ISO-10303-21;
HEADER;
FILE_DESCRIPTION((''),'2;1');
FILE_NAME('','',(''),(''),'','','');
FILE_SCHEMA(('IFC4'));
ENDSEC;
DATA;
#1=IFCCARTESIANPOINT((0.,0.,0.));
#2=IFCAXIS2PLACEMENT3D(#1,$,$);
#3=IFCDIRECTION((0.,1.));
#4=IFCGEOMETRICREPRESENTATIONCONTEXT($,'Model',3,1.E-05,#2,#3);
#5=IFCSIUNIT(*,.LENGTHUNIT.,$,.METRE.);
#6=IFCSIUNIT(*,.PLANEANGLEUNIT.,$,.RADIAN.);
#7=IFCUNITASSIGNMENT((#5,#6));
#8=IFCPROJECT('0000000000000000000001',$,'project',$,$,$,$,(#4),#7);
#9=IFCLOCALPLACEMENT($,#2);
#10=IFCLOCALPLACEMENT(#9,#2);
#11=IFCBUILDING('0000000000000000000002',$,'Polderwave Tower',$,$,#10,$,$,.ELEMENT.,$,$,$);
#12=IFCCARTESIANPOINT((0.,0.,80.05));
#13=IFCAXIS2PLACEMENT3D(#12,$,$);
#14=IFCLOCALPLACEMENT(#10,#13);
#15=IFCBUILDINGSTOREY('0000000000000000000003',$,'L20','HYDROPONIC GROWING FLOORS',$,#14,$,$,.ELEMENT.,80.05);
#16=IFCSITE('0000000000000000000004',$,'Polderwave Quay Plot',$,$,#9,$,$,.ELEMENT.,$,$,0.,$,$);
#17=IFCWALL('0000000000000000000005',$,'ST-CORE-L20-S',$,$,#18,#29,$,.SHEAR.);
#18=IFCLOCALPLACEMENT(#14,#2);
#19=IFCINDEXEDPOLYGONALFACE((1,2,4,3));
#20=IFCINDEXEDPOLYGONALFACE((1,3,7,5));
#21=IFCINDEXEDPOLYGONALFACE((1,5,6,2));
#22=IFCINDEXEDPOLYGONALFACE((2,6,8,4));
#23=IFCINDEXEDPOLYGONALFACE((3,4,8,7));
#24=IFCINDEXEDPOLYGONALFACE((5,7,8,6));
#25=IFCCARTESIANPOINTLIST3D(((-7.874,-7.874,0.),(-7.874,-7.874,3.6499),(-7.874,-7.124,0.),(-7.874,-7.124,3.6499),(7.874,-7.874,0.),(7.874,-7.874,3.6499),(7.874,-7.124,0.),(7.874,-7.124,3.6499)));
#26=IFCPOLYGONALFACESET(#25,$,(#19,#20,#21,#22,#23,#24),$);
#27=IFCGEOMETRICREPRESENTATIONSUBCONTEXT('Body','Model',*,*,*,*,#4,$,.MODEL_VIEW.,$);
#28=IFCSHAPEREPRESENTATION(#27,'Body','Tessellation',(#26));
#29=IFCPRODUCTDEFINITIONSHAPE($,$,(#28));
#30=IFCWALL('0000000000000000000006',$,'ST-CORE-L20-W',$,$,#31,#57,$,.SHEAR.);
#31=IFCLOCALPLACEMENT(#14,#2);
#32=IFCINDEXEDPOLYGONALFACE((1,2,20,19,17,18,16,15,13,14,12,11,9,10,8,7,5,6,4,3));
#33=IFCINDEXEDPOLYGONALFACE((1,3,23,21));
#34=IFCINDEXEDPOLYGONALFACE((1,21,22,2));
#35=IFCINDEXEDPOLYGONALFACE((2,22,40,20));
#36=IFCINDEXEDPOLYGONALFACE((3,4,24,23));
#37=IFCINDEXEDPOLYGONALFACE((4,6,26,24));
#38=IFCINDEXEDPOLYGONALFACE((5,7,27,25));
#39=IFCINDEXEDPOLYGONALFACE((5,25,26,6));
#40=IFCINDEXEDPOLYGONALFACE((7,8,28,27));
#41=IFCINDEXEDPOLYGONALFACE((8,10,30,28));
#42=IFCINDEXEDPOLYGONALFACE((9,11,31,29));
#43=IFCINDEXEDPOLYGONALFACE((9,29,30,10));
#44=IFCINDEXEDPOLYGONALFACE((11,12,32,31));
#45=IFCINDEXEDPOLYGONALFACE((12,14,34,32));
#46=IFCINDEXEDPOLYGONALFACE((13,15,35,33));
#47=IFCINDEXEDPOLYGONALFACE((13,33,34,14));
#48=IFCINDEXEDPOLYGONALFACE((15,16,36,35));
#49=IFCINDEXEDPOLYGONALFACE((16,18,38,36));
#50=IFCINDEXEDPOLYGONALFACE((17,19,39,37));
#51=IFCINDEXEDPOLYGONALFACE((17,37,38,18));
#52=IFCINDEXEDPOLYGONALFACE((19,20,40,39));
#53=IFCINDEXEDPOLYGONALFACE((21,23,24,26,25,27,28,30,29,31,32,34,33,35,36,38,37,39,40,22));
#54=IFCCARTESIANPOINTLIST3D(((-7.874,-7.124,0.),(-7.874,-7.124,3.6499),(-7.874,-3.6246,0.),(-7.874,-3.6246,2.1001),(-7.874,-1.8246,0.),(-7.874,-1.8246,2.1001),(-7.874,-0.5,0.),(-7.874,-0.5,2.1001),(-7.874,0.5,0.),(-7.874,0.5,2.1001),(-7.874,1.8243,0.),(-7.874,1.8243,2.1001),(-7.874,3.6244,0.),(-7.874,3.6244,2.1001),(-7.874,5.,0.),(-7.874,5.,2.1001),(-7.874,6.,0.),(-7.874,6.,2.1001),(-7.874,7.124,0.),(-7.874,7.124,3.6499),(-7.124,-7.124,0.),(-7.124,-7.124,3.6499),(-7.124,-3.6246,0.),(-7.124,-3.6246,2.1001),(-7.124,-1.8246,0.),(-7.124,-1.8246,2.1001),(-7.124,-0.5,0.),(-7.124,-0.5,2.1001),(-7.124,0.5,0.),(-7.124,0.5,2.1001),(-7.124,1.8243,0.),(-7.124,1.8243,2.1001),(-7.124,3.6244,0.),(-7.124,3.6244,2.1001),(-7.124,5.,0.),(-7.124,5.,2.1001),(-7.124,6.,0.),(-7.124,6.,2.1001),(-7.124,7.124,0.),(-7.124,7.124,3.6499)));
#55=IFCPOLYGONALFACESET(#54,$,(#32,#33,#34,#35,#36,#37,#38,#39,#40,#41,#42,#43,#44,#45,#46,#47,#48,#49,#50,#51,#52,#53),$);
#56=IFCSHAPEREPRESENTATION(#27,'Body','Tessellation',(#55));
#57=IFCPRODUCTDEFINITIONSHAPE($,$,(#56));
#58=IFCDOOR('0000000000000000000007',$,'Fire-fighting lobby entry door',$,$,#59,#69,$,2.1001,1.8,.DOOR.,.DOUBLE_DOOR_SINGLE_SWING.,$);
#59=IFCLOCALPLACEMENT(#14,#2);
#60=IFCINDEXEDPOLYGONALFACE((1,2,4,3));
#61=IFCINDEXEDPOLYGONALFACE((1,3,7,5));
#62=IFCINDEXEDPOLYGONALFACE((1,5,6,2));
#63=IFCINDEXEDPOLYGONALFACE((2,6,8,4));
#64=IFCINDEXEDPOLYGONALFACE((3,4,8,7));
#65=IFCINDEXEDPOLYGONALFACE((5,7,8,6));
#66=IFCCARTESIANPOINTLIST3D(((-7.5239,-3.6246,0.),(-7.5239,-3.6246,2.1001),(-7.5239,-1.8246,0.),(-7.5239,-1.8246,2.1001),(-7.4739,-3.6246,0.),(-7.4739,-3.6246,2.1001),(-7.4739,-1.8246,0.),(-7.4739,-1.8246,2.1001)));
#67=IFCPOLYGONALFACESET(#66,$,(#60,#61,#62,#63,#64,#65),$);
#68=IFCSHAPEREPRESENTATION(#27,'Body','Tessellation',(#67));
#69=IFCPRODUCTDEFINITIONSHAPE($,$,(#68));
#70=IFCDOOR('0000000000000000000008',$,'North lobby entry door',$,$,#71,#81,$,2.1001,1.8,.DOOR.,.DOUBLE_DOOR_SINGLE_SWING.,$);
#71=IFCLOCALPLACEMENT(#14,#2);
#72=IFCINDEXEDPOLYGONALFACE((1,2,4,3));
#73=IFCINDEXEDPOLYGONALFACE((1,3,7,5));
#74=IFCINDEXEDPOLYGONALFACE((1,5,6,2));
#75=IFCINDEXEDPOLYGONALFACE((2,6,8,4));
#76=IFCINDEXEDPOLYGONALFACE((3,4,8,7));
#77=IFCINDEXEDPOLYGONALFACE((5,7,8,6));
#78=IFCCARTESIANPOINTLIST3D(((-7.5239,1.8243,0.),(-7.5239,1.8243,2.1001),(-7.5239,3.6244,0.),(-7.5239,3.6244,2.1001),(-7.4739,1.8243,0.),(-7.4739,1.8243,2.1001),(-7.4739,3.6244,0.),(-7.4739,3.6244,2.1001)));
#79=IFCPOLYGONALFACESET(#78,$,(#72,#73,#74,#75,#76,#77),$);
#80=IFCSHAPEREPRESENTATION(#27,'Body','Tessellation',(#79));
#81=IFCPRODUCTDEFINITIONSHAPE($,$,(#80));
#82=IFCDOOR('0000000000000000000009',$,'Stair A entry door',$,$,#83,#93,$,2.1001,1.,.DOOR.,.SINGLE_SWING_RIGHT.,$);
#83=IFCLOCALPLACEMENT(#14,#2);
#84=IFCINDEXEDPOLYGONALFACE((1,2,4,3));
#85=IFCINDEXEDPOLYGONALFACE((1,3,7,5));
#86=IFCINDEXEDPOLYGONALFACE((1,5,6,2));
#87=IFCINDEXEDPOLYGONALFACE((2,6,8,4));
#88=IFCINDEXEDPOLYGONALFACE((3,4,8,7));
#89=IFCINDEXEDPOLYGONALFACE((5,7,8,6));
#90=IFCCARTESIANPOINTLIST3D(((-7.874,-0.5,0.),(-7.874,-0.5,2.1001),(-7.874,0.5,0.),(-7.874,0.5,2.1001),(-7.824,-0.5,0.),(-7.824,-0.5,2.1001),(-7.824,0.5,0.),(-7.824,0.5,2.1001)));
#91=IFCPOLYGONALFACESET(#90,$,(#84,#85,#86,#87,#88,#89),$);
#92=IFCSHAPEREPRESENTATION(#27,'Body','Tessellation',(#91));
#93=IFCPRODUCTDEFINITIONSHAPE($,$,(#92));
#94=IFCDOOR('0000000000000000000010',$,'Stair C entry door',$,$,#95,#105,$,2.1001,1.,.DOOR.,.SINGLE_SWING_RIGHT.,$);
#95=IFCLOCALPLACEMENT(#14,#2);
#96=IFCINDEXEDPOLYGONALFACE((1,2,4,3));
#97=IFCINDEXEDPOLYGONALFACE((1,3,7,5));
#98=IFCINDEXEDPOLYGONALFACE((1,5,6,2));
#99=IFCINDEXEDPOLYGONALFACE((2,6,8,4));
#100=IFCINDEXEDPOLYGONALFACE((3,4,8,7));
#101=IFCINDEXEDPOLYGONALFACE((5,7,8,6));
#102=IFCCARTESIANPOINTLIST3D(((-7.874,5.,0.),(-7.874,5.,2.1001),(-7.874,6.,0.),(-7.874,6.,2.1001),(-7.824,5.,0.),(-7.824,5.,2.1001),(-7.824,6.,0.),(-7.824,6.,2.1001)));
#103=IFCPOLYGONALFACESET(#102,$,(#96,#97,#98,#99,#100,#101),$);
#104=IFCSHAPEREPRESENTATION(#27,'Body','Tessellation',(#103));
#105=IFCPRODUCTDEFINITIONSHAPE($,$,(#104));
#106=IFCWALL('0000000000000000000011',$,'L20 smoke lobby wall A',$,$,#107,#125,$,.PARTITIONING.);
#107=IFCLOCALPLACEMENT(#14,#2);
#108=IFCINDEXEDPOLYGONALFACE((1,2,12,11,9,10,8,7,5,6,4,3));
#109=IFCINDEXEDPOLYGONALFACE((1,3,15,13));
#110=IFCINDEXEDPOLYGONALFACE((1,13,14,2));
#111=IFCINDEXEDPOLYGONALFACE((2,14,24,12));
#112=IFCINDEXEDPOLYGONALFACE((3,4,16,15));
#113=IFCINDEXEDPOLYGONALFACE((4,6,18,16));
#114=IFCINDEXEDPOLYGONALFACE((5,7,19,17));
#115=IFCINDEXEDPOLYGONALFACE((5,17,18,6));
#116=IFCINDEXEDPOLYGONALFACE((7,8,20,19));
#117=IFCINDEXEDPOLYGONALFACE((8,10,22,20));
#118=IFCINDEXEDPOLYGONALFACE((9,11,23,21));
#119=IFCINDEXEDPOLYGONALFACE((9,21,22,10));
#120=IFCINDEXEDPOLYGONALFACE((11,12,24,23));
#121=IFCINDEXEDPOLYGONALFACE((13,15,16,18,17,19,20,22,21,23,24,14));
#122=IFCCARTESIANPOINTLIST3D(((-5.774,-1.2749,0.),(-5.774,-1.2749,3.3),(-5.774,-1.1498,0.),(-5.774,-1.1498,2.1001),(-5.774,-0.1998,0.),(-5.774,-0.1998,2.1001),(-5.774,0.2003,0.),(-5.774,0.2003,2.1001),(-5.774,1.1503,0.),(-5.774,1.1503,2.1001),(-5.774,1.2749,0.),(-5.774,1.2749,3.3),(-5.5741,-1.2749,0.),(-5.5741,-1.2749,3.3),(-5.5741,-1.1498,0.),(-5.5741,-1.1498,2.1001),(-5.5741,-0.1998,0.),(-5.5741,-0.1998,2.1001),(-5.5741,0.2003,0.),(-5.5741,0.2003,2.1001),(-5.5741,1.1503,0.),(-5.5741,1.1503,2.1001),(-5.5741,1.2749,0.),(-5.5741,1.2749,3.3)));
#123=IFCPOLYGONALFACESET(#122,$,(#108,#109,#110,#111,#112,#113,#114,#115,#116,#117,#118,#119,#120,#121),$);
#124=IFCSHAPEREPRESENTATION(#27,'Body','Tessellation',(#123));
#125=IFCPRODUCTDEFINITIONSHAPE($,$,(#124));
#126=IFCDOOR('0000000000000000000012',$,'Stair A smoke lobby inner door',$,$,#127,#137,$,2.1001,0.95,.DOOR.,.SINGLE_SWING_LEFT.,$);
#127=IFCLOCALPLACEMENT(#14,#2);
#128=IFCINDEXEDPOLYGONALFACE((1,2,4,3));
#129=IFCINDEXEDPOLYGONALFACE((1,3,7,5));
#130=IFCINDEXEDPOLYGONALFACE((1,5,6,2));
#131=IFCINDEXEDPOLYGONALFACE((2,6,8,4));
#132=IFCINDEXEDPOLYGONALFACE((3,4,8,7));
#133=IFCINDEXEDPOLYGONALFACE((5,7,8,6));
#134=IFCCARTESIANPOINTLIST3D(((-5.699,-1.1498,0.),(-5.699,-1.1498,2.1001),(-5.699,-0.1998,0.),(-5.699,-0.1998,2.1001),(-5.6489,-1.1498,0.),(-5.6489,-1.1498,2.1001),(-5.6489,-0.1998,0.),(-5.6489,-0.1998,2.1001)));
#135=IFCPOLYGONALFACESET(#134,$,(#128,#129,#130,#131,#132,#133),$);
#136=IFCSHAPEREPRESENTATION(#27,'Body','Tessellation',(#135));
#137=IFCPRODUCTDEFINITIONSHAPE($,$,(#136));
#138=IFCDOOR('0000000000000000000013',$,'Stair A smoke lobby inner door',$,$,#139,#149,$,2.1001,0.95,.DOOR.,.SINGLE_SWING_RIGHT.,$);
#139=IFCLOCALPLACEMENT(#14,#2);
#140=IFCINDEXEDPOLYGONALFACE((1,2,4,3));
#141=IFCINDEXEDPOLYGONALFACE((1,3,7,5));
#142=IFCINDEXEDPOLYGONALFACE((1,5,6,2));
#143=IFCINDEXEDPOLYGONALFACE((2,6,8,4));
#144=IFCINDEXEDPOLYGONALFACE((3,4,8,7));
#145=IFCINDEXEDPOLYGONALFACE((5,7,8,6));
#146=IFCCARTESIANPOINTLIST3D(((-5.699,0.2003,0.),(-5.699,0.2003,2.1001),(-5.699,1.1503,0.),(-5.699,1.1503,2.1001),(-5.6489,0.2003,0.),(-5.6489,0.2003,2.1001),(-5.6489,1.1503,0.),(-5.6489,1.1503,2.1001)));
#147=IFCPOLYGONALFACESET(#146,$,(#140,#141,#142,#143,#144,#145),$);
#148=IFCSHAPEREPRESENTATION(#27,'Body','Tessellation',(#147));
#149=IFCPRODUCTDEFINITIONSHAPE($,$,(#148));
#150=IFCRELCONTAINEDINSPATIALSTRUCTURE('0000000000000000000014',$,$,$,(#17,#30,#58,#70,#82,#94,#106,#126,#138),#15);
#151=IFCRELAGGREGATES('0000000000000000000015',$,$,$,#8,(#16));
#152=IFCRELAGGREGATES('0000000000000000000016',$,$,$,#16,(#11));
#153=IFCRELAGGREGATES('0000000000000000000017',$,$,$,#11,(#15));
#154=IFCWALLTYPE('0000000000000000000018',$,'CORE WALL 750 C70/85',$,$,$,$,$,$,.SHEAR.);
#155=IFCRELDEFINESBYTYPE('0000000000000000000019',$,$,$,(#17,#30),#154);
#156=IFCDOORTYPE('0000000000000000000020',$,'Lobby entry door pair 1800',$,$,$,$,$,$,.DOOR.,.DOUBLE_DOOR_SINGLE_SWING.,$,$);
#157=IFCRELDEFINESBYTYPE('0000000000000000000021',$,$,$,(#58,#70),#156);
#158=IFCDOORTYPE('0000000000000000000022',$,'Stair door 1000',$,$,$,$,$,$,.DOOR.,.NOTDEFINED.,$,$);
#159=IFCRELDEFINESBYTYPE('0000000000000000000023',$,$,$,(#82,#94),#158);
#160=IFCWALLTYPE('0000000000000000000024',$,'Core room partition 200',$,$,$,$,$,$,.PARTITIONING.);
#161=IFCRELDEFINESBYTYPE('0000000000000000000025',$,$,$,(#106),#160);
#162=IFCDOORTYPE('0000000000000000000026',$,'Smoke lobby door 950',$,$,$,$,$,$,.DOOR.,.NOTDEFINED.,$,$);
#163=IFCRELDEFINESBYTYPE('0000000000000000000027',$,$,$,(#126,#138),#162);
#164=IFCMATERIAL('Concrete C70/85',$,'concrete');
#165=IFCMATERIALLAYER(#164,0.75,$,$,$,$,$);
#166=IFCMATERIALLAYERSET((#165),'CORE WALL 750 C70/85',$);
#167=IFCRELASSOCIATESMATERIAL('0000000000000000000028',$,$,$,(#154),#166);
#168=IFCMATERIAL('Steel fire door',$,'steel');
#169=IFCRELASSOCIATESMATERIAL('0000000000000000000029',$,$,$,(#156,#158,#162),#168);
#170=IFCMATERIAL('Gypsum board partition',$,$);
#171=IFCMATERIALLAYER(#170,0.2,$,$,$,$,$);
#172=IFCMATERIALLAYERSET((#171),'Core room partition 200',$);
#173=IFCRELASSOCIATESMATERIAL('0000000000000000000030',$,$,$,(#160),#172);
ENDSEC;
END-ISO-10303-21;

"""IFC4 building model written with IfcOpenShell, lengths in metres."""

from ifc_helpers import new_model, si_unit, direction, frame, frame_2d, origin, place, context, subcontext, project, spatial, rectangle, extrude, material, layer, layer_set, type_object, element, fill, save


model = new_model("IFC4")

# Units and contexts
model_context = context("Model", 3, precision=1e-05, world=origin(), true_north=direction((0.0, 1.0)))
body_context = subcontext(model_context, "Body", "Model", "MODEL_VIEW")
ifc_project = project(units=[si_unit("LENGTHUNIT", "METRE"), si_unit("PLANEANGLEUNIT", "RADIAN")], contexts=[model_context])

# Site, building, storey
site_placement = place(None, origin())
site = spatial("IfcSite", under=ifc_project, at=site_placement, Name="Polderwave Quay Plot", CompositionType="ELEMENT", RefElevation=0.0)
building_placement = place(site_placement, origin())
building = spatial("IfcBuilding", under=site, at=building_placement, Name="Polderwave Tower", CompositionType="ELEMENT")
storey_placement = place(building_placement, frame((0.0, 0.0, 80.05)))
storey = spatial("IfcBuildingStorey", under=building, at=storey_placement, Name="L20", Description="HYDROPONIC GROWING FLOORS", CompositionType="ELEMENT", Elevation=80.05)

# Wall
ifc_material_1 = material(Name="Concrete C70/85", Category="concrete")
ifc_layer_1 = layer(ifc_material_1, 0.75)
ifc_layer_set_1 = layer_set([ifc_layer_1], Name="CORE WALL 750 C70/85")
wall_type_1 = type_object("IfcWallType", Name="CORE WALL 750 C70/85", PredefinedType="SHEAR", material=ifc_layer_set_1)
wall_1_placement = place(storey_placement, frame((-7.874, -7.499, 0.0), z_axis=(0.0, 0.0, 1.0), x_axis=(1.0, 0.0, 0.0)))
element("IfcWall", 1, at=wall_1_placement, inside=storey, type_object=wall_type_1, Name="ST-CORE-L20-S", PredefinedType="SHEAR", context=body_context, shape_type="SweptSolid", body=[
    extrude(rectangle(XDim=15.748, YDim=0.75, at=frame_2d((7.874, 0.0))), origin(), (0.0, 0.0, 1.0), 3.6499),
])

# Walls, openings, doors
wall_2_placement = place(storey_placement, frame((-7.499, -7.124, 0.0), z_axis=(0.0, 0.0, 1.0), x_axis=(0.0, 1.0, 0.0)))
wall_2 = element("IfcWall", 2, at=wall_2_placement, inside=storey, type_object=wall_type_1, Name="ST-CORE-L20-W", PredefinedType="SHEAR", context=body_context, shape_type="SweptSolid", body=[
    extrude(rectangle(XDim=14.248, YDim=0.75, at=frame_2d((7.124, 0.0))), origin(), (0.0, 0.0, 1.0), 3.6499),
])
opening_1_placement = place(wall_2_placement, frame((6.624, 0.0, 0.0)))
opening_1 = element("IfcOpeningElement", 3, at=opening_1_placement, cuts=wall_2, PredefinedType="OPENING", context=body_context, shape_type="SweptSolid", body=[
    extrude(rectangle(XDim=1.0, YDim=2.1001, at=frame_2d((0.5, 1.05))), frame((0.0, 0.385, 0.0), z_axis=(0.0, -1.0, 0.0), x_axis=(1.0, 0.0, 0.0)), (0.0, 0.0, 1.0), 0.77),
])
opening_2_placement = place(wall_2_placement, frame((3.4995, 0.0, 0.0)))
opening_2 = element("IfcOpeningElement", 4, at=opening_2_placement, cuts=wall_2, PredefinedType="OPENING", context=body_context, shape_type="SweptSolid", body=[
    extrude(rectangle(XDim=1.8, YDim=2.1001, at=frame_2d((0.8999, 1.05))), frame((0.0, 0.385, 0.0), z_axis=(0.0, -1.0, 0.0), x_axis=(1.0, 0.0, 0.0)), (0.0, 0.0, 1.0), 0.77),
])
opening_3_placement = place(wall_2_placement, frame((8.9485, 0.0, 0.0)))
opening_3 = element("IfcOpeningElement", 5, at=opening_3_placement, cuts=wall_2, PredefinedType="OPENING", context=body_context, shape_type="SweptSolid", body=[
    extrude(rectangle(XDim=1.8, YDim=2.1001, at=frame_2d((0.8999, 1.05))), frame((0.0, 0.385, 0.0), z_axis=(0.0, -1.0, 0.0), x_axis=(1.0, 0.0, 0.0)), (0.0, 0.0, 1.0), 0.77),
])
opening_4_placement = place(wall_2_placement, frame((12.124, 0.0, 0.0)))
opening_4 = element("IfcOpeningElement", 6, at=opening_4_placement, cuts=wall_2, PredefinedType="OPENING", context=body_context, shape_type="SweptSolid", body=[
    extrude(rectangle(XDim=1.0, YDim=2.1001, at=frame_2d((0.5, 1.05))), frame((0.0, 0.385, 0.0), z_axis=(0.0, -1.0, 0.0), x_axis=(1.0, 0.0, 0.0)), (0.0, 0.0, 1.0), 0.77),
])
ifc_material_2 = material(Name="Steel fire door", Category="steel")
door_type_1 = type_object("IfcDoorType", Name="Lobby entry door pair 1800", OperationType="DOUBLE_DOOR_SINGLE_SWING", PredefinedType="DOOR", material=ifc_material_2)
door_1_placement = place(opening_2_placement, origin())
door_1 = element("IfcDoor", 7, at=door_1_placement, inside=storey, type_object=door_type_1, Name="Fire-fighting lobby entry door", OperationType="DOUBLE_DOOR_SINGLE_SWING", OverallHeight=2.1001, OverallWidth=1.8, PredefinedType="DOOR", context=body_context, shape_type="SweptSolid", body=[
    extrude(rectangle(XDim=1.8, YDim=2.1001, at=frame_2d((0.8999, 1.05))), frame((0.0, 0.0249, 0.0), z_axis=(0.0, -1.0, 0.0), x_axis=(1.0, 0.0, 0.0)), (0.0, 0.0, 1.0), 0.05),
])
fill(opening_2, door_1)
door_2_placement = place(opening_3_placement, origin())
door_2 = element("IfcDoor", 8, at=door_2_placement, inside=storey, type_object=door_type_1, Name="North lobby entry door", OperationType="DOUBLE_DOOR_SINGLE_SWING", OverallHeight=2.1001, OverallWidth=1.8, PredefinedType="DOOR", context=body_context, shape_type="SweptSolid", body=[
    extrude(rectangle(XDim=1.8, YDim=2.1001, at=frame_2d((0.8999, 1.05))), frame((0.0, 0.0249, 0.0), z_axis=(0.0, -1.0, 0.0), x_axis=(1.0, 0.0, 0.0)), (0.0, 0.0, 1.0), 0.05),
])
fill(opening_3, door_2)
door_type_2 = type_object("IfcDoorType", Name="Stair door 1000", OperationType="NOTDEFINED", PredefinedType="DOOR", material=ifc_material_2)
door_3_placement = place(opening_1_placement, origin())
door_3 = element("IfcDoor", 9, at=door_3_placement, inside=storey, type_object=door_type_2, Name="Stair A entry door", OperationType="SINGLE_SWING_RIGHT", OverallHeight=2.1001, OverallWidth=1.0, PredefinedType="DOOR", context=body_context, shape_type="SweptSolid", body=[
    extrude(rectangle(XDim=1.0, YDim=2.1001, at=frame_2d((0.5, 1.05))), frame((0.0, 0.375, 0.0), z_axis=(0.0, -1.0, 0.0), x_axis=(1.0, 0.0, 0.0)), (0.0, 0.0, 1.0), 0.05),
])
fill(opening_1, door_3)
door_4_placement = place(opening_4_placement, origin())
door_4 = element("IfcDoor", 10, at=door_4_placement, inside=storey, type_object=door_type_2, Name="Stair C entry door", OperationType="SINGLE_SWING_RIGHT", OverallHeight=2.1001, OverallWidth=1.0, PredefinedType="DOOR", context=body_context, shape_type="SweptSolid", body=[
    extrude(rectangle(XDim=1.0, YDim=2.1001, at=frame_2d((0.5, 1.05))), frame((0.0, 0.375, 0.0), z_axis=(0.0, -1.0, 0.0), x_axis=(1.0, 0.0, 0.0)), (0.0, 0.0, 1.0), 0.05),
])
fill(opening_4, door_4)
ifc_material_3 = material(Name="Gypsum board partition")
ifc_layer_2 = layer(ifc_material_3, 0.2)
ifc_layer_set_2 = layer_set([ifc_layer_2], Name="Core room partition 200")
wall_type_2 = type_object("IfcWallType", Name="Core room partition 200", PredefinedType="PARTITIONING", material=ifc_layer_set_2)
wall_3_placement = place(storey_placement, frame((-5.6741, -1.2749, 0.0), z_axis=(0.0, 0.0, 1.0), x_axis=(0.0, 1.0, 0.0)))
wall_3 = element("IfcWall", 11, at=wall_3_placement, inside=storey, type_object=wall_type_2, Name="L20 smoke lobby wall A", PredefinedType="PARTITIONING", context=body_context, shape_type="SweptSolid", body=[
    extrude(rectangle(XDim=2.5498, YDim=0.2, at=frame_2d((1.2749, 0.0))), origin(), (0.0, 0.0, 1.0), 3.3),
])
opening_5_placement = place(wall_3_placement, frame((0.125, 0.0, 0.0)))
opening_5 = element("IfcOpeningElement", 12, at=opening_5_placement, cuts=wall_3, PredefinedType="OPENING", context=body_context, shape_type="SweptSolid", body=[
    extrude(rectangle(XDim=0.95, YDim=2.1001, at=frame_2d((0.4751, 1.05))), frame((0.0, 0.1099, 0.0), z_axis=(0.0, -1.0, 0.0), x_axis=(1.0, 0.0, 0.0)), (0.0, 0.0, 1.0), 0.22),
])
opening_6_placement = place(wall_3_placement, frame((1.4751, 0.0, 0.0)))
opening_6 = element("IfcOpeningElement", 13, at=opening_6_placement, cuts=wall_3, PredefinedType="OPENING", context=body_context, shape_type="SweptSolid", body=[
    extrude(rectangle(XDim=0.95, YDim=2.1001, at=frame_2d((0.4751, 1.05))), frame((0.0, 0.1099, 0.0), z_axis=(0.0, -1.0, 0.0), x_axis=(1.0, 0.0, 0.0)), (0.0, 0.0, 1.0), 0.22),
])
door_type_3 = type_object("IfcDoorType", Name="Smoke lobby door 950", OperationType="NOTDEFINED", PredefinedType="DOOR", material=ifc_material_2)
door_5_placement = place(opening_5_placement, origin())
door_5 = element("IfcDoor", 14, at=door_5_placement, inside=storey, type_object=door_type_3, Name="Stair A smoke lobby inner door", OperationType="SINGLE_SWING_LEFT", OverallHeight=2.1001, OverallWidth=0.95, PredefinedType="DOOR", context=body_context, shape_type="SweptSolid", body=[
    extrude(rectangle(XDim=0.95, YDim=2.1001, at=frame_2d((0.4751, 1.05))), frame((0.0, 0.0249, 0.0), z_axis=(0.0, -1.0, 0.0), x_axis=(1.0, 0.0, 0.0)), (0.0, 0.0, 1.0), 0.05),
])
fill(opening_5, door_5)
door_6_placement = place(opening_6_placement, origin())
door_6 = element("IfcDoor", 15, at=door_6_placement, inside=storey, type_object=door_type_3, Name="Stair A smoke lobby inner door", OperationType="SINGLE_SWING_RIGHT", OverallHeight=2.1001, OverallWidth=0.95, PredefinedType="DOOR", context=body_context, shape_type="SweptSolid", body=[
    extrude(rectangle(XDim=0.95, YDim=2.1001, at=frame_2d((0.4751, 1.05))), frame((0.0, 0.0249, 0.0), z_axis=(0.0, -1.0, 0.0), x_axis=(1.0, 0.0, 0.0)), (0.0, 0.0, 1.0), 0.05),
])
fill(opening_6, door_6)

save(model, "model.ifc")
